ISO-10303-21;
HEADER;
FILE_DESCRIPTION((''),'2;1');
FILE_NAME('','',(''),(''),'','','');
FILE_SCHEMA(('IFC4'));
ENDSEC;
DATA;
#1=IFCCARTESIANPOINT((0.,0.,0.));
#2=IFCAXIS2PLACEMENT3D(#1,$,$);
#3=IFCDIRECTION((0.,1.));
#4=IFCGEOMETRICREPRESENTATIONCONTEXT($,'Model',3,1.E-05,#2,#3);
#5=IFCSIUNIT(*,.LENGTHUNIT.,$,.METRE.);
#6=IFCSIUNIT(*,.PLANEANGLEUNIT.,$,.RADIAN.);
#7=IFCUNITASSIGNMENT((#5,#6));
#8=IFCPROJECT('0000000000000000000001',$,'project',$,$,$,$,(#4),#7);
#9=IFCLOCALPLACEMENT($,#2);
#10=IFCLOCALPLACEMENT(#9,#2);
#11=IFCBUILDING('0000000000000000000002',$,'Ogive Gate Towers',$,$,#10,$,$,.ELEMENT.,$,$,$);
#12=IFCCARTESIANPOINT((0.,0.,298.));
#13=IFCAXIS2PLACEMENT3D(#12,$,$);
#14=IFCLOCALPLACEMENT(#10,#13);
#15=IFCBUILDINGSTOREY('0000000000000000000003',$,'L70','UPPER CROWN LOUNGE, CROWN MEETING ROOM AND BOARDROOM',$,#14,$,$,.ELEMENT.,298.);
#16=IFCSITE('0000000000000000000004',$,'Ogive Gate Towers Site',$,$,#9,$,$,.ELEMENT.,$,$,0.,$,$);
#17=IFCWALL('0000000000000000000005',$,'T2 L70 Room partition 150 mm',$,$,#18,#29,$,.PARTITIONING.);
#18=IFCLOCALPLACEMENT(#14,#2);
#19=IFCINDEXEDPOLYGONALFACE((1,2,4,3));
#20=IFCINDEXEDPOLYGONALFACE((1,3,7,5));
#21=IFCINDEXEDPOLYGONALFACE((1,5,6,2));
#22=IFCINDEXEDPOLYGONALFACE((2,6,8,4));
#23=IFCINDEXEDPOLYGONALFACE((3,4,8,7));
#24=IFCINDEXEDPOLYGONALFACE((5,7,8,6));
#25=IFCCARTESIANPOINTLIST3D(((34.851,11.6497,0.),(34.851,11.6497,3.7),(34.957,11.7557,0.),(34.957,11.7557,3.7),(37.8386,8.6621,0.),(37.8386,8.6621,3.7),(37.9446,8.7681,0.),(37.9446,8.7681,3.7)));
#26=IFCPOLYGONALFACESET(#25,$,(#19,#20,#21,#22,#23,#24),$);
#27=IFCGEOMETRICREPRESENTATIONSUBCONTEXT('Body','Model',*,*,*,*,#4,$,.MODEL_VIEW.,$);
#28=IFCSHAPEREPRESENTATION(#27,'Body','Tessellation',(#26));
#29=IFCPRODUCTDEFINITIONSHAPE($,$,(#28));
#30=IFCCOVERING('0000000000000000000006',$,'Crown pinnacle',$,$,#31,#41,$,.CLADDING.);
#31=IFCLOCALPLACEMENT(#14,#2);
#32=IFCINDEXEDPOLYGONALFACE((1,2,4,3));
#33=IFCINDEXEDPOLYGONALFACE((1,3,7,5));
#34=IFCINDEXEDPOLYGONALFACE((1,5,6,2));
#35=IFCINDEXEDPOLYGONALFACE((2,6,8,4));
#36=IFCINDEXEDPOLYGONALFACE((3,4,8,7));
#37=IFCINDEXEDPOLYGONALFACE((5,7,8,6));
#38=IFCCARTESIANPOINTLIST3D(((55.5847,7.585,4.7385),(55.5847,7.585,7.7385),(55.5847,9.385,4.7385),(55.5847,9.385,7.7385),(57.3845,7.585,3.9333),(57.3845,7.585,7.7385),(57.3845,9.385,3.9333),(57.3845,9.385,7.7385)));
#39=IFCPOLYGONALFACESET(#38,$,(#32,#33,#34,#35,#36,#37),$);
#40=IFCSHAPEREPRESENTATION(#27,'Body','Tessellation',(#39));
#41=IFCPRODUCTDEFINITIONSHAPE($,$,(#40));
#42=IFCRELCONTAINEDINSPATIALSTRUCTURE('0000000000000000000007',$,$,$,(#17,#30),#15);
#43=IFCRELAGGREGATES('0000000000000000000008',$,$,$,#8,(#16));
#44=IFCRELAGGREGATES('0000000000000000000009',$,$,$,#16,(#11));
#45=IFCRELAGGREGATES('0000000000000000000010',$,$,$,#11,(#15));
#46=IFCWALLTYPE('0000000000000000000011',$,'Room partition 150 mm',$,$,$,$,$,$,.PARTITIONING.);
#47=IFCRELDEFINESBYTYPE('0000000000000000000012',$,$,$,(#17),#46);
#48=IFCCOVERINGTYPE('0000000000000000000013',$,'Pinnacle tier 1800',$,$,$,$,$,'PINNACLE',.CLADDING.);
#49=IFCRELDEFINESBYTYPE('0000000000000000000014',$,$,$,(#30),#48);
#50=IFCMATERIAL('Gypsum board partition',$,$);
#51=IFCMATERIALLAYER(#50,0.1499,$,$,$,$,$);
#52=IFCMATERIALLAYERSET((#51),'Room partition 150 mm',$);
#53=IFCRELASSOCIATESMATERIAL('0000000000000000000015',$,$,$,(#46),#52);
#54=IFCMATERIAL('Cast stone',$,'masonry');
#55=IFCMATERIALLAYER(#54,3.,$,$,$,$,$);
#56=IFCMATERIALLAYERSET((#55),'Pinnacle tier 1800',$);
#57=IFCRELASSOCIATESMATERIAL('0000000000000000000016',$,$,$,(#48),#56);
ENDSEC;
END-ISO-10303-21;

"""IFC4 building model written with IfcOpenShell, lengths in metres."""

from ifc_helpers import new_model, si_unit, direction, frame, frame_2d, origin, place, context, subcontext, project, spatial, polyline, rectangle, outline, extrude, material, layer, layer_set, type_object, element, save


model = new_model("IFC4")

# Units and contexts
model_context = context("Model", 3, precision=1e-05, world=origin(), true_north=direction((0.0, 1.0)))
body_context = subcontext(model_context, "Body", "Model", "MODEL_VIEW")
ifc_project = project(units=[si_unit("LENGTHUNIT", "METRE"), si_unit("PLANEANGLEUNIT", "RADIAN")], contexts=[model_context])

# Site, building, storey
site_placement = place(None, origin())
site = spatial("IfcSite", under=ifc_project, at=site_placement, Name="Ogive Gate Towers Site", CompositionType="ELEMENT", RefElevation=0.0)
building_placement = place(site_placement, origin())
building = spatial("IfcBuilding", under=site, at=building_placement, Name="Ogive Gate Towers", CompositionType="ELEMENT")
storey_placement = place(building_placement, frame((0.0, 0.0, 298.0)))
storey = spatial("IfcBuildingStorey", under=building, at=storey_placement, Name="L70", Description="UPPER CROWN LOUNGE, CROWN MEETING ROOM AND BOARDROOM", CompositionType="ELEMENT", Elevation=298.0)

# Wall
ifc_material_1 = material(Name="Gypsum board partition")
ifc_layer_1 = layer(ifc_material_1, 0.1499)
ifc_layer_set_1 = layer_set([ifc_layer_1], Name="Room partition 150 mm")
wall_type = type_object("IfcWallType", Name="Room partition 150 mm", PredefinedType="PARTITIONING", material=ifc_layer_set_1)
wall_placement = place(storey_placement, frame((37.8916, 8.7151, 0.0), z_axis=(0.0, 0.0, 1.0), x_axis=(-0.707107, 0.707107, 0.0)))
element("IfcWall", 1, at=wall_placement, inside=storey, type_object=wall_type, Name="T2 L70 Room partition 150 mm", PredefinedType="PARTITIONING", context=body_context, shape_type="SweptSolid", body=[
    extrude(rectangle(XDim=4.2251, YDim=0.1499, at=frame_2d((2.1125, 0.0))), origin(), (0.0, 0.0, 1.0), 3.7),
])

# Covering
ifc_material_2 = material(Name="Cast stone", Category="masonry")
ifc_layer_2 = layer(ifc_material_2, 3.0)
ifc_layer_set_2 = layer_set([ifc_layer_2], Name="Pinnacle tier 1800")
covering_type = type_object("IfcCoveringType", Name="Pinnacle tier 1800", ElementType="PINNACLE", PredefinedType="CLADDING", material=ifc_layer_set_2)
covering_placement = place(storey_placement, frame((56.4846, 9.385, 4.3359), z_axis=(0.0, -1.0, 0.0), x_axis=(1.0, 0.0, 0.0)))
element("IfcCovering", 2, at=covering_placement, inside=storey, type_object=covering_type, Name="Crown pinnacle", PredefinedType="CLADDING", context=body_context, shape_type="SweptSolid", body=[
    extrude(outline(polyline([(0.8999, -0.4026), (-0.8999, 0.4026), (-0.8999, 3.4026), (0.8999, 3.4026), (0.8999, -0.4026)])), origin(), (0.0, 0.0, 1.0), 1.8),
])

save(model, "model.ifc")
